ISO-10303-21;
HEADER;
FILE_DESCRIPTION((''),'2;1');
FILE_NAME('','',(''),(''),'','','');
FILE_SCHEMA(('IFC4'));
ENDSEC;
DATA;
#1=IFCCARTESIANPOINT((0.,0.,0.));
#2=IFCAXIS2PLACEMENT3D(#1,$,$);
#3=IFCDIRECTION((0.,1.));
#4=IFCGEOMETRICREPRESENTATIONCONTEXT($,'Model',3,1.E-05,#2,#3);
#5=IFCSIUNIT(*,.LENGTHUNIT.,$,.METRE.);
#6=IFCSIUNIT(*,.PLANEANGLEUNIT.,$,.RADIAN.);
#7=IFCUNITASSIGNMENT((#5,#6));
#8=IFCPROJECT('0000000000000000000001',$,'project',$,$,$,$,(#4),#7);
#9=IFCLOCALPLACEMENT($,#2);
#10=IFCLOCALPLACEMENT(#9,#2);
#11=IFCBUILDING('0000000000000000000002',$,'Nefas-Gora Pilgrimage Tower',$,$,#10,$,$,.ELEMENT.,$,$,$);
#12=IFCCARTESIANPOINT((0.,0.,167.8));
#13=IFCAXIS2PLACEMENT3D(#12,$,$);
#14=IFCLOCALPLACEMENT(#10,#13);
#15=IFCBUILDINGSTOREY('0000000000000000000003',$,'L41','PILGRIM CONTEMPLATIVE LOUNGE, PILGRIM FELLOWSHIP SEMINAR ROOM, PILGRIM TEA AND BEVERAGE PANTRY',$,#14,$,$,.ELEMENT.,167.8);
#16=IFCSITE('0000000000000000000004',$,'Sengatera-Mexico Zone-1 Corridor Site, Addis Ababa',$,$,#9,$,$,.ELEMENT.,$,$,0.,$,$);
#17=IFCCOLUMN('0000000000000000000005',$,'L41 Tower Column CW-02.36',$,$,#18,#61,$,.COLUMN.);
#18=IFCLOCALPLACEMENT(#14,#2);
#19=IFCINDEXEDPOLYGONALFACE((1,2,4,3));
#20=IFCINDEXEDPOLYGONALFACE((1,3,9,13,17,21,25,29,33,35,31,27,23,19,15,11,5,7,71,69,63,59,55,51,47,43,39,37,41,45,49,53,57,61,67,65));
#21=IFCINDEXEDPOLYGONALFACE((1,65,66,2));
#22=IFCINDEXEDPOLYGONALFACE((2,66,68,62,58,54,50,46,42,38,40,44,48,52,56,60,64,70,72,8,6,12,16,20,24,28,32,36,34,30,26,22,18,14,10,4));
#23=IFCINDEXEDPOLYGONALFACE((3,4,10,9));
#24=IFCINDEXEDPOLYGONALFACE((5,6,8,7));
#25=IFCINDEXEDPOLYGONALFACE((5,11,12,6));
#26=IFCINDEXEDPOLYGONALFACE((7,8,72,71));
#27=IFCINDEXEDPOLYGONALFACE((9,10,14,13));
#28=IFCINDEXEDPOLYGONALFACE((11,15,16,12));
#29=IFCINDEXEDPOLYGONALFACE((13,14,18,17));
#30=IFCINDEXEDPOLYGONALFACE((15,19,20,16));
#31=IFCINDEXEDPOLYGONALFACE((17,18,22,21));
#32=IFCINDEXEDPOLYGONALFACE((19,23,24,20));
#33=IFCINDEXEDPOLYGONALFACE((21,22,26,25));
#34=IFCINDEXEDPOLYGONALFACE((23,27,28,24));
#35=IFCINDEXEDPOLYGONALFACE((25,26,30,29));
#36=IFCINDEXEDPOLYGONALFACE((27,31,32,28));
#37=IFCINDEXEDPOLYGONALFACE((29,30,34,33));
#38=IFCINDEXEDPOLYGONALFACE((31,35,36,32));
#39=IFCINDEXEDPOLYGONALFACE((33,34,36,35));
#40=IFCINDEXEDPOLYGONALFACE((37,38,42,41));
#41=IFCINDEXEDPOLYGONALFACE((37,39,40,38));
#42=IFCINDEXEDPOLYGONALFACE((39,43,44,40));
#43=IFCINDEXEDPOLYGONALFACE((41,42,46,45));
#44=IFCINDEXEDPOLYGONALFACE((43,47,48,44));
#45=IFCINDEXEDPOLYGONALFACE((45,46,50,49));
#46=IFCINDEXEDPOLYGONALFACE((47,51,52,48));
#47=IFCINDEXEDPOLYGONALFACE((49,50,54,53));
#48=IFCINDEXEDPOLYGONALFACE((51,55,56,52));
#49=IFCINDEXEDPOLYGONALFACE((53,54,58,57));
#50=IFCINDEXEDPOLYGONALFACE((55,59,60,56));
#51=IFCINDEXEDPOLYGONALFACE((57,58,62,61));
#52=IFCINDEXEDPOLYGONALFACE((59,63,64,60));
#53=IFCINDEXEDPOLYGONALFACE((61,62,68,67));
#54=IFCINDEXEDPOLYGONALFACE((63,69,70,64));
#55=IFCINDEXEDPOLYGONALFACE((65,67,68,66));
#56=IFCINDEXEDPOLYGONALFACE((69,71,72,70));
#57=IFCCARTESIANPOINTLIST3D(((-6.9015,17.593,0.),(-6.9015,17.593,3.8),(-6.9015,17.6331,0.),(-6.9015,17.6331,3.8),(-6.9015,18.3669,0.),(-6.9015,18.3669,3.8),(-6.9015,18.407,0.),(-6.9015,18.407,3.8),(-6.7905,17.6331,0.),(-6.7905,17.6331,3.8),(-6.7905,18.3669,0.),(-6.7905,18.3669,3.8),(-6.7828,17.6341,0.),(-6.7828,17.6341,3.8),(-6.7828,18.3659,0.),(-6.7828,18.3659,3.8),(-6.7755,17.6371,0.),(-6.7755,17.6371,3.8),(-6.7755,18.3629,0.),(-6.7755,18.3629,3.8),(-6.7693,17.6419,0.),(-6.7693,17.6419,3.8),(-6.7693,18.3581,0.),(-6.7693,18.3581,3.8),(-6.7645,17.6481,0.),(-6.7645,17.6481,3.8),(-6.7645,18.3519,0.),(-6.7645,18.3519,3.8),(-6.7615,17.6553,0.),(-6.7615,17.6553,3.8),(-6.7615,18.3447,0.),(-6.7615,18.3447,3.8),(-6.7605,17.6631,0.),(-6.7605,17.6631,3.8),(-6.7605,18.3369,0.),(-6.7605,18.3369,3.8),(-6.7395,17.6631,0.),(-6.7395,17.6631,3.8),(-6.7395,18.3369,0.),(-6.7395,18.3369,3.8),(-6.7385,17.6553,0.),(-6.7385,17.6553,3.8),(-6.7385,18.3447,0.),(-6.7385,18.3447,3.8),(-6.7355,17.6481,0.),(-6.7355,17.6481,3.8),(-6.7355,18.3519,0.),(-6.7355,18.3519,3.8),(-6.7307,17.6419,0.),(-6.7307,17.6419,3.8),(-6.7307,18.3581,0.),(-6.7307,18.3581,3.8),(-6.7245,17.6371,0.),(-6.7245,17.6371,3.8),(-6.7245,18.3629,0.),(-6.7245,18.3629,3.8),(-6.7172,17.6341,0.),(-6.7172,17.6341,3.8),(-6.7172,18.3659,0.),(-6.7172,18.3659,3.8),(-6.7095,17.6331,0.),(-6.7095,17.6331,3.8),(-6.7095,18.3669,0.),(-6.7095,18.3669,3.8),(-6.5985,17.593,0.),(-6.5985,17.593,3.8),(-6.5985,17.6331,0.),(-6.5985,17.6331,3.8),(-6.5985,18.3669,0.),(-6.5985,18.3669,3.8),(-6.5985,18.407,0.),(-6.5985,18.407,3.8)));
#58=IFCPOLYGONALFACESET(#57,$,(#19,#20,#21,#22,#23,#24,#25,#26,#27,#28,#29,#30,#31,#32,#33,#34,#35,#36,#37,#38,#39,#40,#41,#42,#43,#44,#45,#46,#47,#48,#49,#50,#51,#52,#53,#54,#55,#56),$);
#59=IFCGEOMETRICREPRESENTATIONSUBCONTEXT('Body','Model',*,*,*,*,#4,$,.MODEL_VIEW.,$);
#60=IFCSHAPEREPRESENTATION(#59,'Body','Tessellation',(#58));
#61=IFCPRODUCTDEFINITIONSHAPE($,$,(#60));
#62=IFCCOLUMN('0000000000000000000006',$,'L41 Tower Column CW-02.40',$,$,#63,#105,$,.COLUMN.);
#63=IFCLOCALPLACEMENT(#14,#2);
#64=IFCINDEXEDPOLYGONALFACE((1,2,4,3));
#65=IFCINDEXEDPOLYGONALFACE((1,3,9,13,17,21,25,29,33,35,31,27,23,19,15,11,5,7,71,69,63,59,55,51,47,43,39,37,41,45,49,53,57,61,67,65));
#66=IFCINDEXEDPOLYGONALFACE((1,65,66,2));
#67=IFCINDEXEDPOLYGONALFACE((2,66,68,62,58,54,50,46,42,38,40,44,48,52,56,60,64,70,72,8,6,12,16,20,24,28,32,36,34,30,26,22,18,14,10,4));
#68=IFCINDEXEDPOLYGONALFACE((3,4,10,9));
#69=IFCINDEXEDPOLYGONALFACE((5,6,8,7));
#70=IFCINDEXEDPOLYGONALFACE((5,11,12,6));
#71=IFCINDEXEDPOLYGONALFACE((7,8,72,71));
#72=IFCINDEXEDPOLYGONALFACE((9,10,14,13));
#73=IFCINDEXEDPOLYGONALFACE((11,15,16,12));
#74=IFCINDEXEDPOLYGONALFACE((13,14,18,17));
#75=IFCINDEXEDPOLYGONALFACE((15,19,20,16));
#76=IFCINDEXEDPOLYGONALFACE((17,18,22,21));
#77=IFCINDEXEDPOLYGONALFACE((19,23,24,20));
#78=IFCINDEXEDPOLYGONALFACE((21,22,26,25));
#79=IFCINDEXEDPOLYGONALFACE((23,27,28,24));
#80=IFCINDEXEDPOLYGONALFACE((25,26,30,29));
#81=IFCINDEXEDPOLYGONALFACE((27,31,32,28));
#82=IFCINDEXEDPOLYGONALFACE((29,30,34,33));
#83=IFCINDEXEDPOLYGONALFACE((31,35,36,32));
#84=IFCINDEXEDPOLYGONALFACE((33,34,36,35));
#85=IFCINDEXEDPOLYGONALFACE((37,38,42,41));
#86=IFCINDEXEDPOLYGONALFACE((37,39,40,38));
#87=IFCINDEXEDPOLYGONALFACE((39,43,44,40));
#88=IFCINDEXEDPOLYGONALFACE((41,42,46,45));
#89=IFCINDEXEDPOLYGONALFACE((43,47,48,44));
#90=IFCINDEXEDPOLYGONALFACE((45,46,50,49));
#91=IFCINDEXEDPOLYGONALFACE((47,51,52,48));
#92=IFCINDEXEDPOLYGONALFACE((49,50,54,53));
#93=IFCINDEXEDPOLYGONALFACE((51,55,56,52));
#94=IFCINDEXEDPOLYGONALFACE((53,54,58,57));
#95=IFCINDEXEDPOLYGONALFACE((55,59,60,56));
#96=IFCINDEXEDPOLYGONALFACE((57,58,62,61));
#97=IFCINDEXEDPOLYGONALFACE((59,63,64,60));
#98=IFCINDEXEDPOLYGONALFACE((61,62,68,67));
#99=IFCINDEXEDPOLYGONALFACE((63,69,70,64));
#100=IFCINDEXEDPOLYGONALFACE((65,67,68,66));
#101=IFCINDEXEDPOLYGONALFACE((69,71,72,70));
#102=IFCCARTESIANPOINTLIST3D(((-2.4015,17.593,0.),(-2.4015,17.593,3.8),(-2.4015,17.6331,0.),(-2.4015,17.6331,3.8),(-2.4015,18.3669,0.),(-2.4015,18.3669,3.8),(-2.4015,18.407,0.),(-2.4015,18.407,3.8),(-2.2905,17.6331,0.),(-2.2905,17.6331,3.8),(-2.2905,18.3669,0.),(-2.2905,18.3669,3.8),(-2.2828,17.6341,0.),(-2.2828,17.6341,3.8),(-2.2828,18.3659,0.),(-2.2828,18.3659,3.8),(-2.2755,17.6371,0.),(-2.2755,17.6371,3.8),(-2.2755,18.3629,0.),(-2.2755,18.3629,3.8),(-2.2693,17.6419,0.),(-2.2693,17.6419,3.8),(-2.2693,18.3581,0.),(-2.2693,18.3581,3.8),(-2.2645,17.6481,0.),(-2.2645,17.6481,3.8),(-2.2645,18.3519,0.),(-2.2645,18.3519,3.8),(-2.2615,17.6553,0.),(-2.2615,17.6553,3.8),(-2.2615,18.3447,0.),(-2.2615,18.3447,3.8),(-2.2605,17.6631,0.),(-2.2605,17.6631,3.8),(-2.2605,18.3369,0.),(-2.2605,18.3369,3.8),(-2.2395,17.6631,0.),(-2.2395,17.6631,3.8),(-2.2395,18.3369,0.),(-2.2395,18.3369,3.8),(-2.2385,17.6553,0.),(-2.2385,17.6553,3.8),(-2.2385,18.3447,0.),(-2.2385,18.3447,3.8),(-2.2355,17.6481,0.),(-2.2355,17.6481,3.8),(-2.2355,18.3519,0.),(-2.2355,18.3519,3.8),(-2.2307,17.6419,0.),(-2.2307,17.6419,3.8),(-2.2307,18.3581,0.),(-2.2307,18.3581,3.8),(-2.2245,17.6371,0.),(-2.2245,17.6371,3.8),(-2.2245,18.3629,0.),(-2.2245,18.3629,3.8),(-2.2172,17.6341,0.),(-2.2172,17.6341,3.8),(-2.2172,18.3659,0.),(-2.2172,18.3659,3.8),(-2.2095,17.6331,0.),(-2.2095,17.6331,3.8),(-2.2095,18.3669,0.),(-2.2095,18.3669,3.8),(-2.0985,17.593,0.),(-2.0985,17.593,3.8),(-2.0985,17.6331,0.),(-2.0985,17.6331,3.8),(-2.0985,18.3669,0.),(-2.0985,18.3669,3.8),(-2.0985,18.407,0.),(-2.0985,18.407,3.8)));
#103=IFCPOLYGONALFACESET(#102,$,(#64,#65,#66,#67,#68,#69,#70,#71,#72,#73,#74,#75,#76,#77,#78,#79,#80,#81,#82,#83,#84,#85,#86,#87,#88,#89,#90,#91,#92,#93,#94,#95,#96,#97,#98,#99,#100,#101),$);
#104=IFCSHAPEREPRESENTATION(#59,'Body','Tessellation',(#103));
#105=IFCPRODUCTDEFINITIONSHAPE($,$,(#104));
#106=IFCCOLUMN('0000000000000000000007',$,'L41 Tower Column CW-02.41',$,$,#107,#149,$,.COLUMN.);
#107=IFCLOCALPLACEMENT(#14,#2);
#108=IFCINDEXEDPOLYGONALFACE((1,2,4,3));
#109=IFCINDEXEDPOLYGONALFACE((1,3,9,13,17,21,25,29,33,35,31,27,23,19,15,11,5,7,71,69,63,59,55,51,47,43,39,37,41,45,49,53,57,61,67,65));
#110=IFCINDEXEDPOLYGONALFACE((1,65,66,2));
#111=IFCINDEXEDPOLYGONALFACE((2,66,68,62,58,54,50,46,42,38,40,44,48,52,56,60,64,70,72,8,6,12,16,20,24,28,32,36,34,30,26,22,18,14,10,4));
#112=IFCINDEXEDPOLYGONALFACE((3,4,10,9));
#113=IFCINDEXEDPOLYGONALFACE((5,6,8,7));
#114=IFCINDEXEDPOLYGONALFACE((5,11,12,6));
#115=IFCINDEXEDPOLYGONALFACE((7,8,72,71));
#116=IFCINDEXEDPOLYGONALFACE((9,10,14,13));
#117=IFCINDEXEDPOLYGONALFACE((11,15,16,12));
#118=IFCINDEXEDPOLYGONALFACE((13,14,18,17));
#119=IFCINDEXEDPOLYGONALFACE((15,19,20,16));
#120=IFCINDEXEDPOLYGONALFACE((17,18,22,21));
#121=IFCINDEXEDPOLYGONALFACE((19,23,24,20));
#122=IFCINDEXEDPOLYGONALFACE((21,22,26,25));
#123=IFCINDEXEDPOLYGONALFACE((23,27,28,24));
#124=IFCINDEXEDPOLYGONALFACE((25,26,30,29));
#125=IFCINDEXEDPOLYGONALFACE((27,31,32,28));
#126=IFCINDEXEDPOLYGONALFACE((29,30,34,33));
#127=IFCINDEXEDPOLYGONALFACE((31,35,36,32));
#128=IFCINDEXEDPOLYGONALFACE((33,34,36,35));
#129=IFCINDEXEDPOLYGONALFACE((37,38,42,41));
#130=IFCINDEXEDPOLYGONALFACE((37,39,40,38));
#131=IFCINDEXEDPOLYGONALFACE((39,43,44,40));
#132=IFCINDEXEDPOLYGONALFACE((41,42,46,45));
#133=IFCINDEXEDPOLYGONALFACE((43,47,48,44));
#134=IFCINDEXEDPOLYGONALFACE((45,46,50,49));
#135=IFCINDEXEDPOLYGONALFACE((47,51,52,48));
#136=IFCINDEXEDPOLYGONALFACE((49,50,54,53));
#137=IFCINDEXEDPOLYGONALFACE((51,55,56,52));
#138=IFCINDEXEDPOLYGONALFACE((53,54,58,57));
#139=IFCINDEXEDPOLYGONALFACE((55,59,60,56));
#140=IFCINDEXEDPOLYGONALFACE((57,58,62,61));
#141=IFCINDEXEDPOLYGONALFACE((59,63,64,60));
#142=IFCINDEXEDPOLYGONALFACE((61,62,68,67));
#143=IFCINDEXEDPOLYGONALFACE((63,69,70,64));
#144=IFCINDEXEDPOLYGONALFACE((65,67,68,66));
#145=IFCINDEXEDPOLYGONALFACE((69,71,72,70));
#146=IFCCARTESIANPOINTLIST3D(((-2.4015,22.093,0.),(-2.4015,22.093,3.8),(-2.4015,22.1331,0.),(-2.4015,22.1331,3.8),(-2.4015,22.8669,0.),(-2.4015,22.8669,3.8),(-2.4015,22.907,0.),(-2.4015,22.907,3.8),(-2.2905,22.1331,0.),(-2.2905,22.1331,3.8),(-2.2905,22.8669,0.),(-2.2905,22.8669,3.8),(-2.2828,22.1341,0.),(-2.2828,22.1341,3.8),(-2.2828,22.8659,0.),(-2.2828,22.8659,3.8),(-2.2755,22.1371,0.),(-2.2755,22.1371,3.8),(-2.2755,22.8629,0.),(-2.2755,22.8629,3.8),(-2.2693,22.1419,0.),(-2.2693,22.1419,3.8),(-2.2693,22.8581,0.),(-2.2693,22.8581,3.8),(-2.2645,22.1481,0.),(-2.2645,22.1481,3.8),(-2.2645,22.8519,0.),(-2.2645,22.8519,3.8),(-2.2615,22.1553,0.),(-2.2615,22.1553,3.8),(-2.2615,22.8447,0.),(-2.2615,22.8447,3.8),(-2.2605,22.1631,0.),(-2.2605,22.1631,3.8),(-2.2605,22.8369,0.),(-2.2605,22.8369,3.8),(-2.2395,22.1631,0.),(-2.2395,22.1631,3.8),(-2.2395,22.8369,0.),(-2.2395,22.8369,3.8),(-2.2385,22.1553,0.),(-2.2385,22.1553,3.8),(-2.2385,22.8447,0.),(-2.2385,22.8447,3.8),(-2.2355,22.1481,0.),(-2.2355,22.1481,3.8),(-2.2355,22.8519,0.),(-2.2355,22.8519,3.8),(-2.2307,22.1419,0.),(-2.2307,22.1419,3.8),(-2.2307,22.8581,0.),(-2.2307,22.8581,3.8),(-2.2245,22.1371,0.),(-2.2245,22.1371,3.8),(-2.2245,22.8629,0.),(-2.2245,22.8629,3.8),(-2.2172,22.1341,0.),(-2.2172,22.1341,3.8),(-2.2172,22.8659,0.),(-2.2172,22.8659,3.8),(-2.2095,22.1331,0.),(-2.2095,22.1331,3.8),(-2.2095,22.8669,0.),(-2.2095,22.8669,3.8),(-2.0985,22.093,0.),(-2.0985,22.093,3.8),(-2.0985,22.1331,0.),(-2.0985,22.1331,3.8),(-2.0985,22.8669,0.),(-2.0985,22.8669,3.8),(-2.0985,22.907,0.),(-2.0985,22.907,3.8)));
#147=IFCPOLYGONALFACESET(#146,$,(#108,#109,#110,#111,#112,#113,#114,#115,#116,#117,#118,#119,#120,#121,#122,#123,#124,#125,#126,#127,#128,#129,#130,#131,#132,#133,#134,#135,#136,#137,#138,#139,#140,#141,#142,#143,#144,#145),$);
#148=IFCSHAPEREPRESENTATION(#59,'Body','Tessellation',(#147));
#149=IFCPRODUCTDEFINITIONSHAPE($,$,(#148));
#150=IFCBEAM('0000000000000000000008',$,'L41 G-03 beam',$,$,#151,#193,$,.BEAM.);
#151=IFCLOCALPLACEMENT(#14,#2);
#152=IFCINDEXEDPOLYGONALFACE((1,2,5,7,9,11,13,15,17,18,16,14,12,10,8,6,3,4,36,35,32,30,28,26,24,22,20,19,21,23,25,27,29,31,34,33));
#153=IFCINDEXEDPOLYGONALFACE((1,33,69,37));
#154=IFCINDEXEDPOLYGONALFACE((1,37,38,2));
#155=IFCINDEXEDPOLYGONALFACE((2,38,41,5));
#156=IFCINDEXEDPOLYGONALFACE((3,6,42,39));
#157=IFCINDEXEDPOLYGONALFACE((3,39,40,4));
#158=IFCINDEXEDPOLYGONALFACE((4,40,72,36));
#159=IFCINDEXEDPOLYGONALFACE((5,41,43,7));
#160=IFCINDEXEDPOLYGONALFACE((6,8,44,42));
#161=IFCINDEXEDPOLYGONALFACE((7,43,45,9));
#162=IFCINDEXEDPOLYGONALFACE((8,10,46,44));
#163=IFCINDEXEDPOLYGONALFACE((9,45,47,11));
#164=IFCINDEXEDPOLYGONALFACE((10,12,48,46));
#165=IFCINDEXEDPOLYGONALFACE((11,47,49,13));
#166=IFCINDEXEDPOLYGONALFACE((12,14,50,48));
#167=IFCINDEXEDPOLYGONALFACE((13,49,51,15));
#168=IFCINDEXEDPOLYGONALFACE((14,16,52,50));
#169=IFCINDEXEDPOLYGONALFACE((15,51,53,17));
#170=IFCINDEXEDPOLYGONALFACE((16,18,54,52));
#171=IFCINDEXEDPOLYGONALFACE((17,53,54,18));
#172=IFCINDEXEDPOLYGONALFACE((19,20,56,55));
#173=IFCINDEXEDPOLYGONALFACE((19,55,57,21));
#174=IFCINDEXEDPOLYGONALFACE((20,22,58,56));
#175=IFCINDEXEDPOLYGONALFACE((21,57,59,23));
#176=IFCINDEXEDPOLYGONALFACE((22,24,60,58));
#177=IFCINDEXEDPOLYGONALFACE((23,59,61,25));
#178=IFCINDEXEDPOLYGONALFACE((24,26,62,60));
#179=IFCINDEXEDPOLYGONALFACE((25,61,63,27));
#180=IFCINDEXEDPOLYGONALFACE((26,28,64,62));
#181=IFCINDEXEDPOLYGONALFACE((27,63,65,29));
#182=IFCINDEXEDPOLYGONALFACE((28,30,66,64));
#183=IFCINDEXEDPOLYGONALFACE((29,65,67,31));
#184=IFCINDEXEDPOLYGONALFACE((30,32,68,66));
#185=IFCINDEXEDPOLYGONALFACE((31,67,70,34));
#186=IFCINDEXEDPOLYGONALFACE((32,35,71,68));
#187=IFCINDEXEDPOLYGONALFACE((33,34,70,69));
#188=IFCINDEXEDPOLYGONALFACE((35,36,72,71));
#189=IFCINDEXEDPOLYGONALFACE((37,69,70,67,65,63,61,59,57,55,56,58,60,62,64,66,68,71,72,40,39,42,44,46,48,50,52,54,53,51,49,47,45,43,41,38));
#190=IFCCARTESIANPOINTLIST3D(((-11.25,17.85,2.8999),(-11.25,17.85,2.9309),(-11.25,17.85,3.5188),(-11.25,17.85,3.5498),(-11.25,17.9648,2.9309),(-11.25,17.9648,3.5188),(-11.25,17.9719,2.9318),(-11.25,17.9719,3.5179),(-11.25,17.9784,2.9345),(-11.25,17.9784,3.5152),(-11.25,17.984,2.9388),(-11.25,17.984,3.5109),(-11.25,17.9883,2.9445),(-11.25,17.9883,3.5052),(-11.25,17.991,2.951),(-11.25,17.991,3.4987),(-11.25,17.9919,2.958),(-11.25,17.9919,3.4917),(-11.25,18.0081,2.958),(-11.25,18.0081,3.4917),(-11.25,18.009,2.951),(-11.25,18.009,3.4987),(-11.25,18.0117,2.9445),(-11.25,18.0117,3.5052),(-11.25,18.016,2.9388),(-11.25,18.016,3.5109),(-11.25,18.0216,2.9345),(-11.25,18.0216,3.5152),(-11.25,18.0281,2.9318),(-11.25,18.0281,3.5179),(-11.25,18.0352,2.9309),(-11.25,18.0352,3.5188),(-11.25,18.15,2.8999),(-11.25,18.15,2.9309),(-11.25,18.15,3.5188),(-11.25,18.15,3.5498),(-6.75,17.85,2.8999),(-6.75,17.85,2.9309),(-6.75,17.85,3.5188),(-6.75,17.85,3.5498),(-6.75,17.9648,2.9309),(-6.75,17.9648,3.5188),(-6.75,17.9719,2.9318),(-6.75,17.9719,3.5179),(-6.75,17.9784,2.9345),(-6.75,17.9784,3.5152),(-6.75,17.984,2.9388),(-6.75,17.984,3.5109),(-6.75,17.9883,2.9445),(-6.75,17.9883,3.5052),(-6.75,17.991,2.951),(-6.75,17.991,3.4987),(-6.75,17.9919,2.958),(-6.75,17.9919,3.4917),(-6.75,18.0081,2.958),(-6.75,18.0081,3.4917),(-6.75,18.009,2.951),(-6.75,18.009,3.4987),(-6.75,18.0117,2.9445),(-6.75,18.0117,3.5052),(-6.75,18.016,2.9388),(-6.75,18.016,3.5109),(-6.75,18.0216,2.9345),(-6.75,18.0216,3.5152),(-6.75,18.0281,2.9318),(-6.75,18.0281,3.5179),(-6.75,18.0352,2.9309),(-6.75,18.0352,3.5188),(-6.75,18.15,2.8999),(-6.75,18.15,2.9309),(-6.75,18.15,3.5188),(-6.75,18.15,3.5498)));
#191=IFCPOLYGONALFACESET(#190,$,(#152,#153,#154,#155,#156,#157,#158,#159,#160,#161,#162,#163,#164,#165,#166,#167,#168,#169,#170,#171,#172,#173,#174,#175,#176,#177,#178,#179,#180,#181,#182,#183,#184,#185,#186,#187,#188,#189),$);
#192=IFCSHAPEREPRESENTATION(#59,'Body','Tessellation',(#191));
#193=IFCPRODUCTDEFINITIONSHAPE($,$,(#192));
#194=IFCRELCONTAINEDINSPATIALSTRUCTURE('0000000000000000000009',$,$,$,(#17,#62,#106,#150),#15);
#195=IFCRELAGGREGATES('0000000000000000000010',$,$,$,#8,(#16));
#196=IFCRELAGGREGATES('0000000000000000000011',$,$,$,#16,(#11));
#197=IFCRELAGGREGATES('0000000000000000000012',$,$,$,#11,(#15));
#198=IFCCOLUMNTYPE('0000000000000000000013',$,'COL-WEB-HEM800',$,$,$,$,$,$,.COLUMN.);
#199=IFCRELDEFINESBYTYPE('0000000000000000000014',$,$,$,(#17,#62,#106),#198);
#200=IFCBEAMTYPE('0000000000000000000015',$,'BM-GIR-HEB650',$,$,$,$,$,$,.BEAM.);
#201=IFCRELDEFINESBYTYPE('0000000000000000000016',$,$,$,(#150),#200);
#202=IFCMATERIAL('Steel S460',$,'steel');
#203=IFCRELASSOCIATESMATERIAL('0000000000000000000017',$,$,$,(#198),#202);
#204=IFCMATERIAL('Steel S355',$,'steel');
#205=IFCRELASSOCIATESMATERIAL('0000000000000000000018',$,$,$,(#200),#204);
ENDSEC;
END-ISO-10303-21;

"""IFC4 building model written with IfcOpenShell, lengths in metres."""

from ifc_helpers import new_model, si_unit, direction, frame, origin, origin_2d, place, context, subcontext, project, spatial, i_section, extrude, source, transform, mapped, material, material_profile, profile_set, type_object, element, save


model = new_model("IFC4")

# Units and contexts
model_context = context("Model", 3, precision=1e-05, world=origin(), true_north=direction((0.0, 1.0)))
body_context = subcontext(model_context, "Body", "Model", "MODEL_VIEW")
ifc_project = project(units=[si_unit("LENGTHUNIT", "METRE"), si_unit("PLANEANGLEUNIT", "RADIAN")], contexts=[model_context])

# Site, building, storey
site_placement = place(None, origin())
site = spatial("IfcSite", under=ifc_project, at=site_placement, Name="Sengatera-Mexico Zone-1 Corridor Site, Addis Ababa", CompositionType="ELEMENT", RefElevation=0.0)
building_placement = place(site_placement, origin())
building = spatial("IfcBuilding", under=site, at=building_placement, Name="Nefas-Gora Pilgrimage Tower", CompositionType="ELEMENT")
storey_placement = place(building_placement, frame((0.0, 0.0, 167.8)))
storey = spatial("IfcBuildingStorey", under=building, at=storey_placement, Name="L41", Description="PILGRIM CONTEMPLATIVE LOUNGE, PILGRIM FELLOWSHIP SEMINAR ROOM, PILGRIM TEA AND BEVERAGE PANTRY", CompositionType="ELEMENT", Elevation=167.8)

# Columns
ifc_material_1 = material(Name="Steel S460", Category="steel")
ifc_material_profile_1 = material_profile(ifc_material_1, i_section(OverallWidth=0.303, OverallDepth=0.814, WebThickness=0.021, FlangeThickness=0.04, FilletRadius=0.03, at=origin_2d()), Name="HEM 800")
ifc_profile_set_1 = profile_set([ifc_material_profile_1], Name="Steel S460")
column_type_1 = type_object("IfcColumnType", Name="COL-WEB-HEM800", PredefinedType="COLUMN", material=ifc_profile_set_1)
shared_shape_1 = source(origin(), body_context, "Body", "SweptSolid", [
    extrude(i_section(OverallWidth=0.303, OverallDepth=0.814, WebThickness=0.021, FlangeThickness=0.04, FilletRadius=0.03, at=origin_2d()), origin(), (0.0, 0.0, 1.0), 3.8),
])
for number, where, z_axis, x_axis, name in (
    (1, (-6.75, 18.0, 0.0), (0.0, 0.0, 1.0), (1.0, 0.0, 0.0), "L41 Tower Column CW-02.36"),
    (2, (-2.25, 18.0, 0.0), (0.0, 0.0, 1.0), (1.0, 0.0, 0.0), "L41 Tower Column CW-02.40"),
    (3, (-2.25, 22.5, 0.0), (0.0, 0.0, 1.0), (1.0, 0.0, 0.0), "L41 Tower Column CW-02.41"),
):
    element("IfcColumn", number, at=place(storey_placement, frame(where, z_axis=z_axis, x_axis=x_axis)), inside=storey, type_object=column_type_1, Name=name, PredefinedType="COLUMN", context=body_context, shape_type="MappedRepresentation", body=[
        mapped(shared_shape_1, transform((0.0, 0.0, 0.0), x_axis=(1.0, 0.0, 0.0), y_axis=(0.0, 1.0, 0.0), z_axis=(0.0, 0.0, 1.0), scale=1.0)),
    ])

# Beam
ifc_material_2 = material(Name="Steel S355", Category="steel")
ifc_material_profile_2 = material_profile(ifc_material_2, i_section(OverallWidth=0.3, OverallDepth=0.6499, WebThickness=0.0161, FlangeThickness=0.031, FilletRadius=0.0271, at=origin_2d()), Name="HEB 650")
ifc_profile_set_2 = profile_set([ifc_material_profile_2], Name="Steel S355")
beam_type = type_object("IfcBeamType", Name="BM-GIR-HEB650", PredefinedType="BEAM", material=ifc_profile_set_2)
shared_shape_2 = source(origin(), body_context, "Body", "SweptSolid", [
    extrude(i_section(OverallWidth=0.3, OverallDepth=0.6499, WebThickness=0.0161, FlangeThickness=0.031, FilletRadius=0.0271, at=origin_2d()), origin(), (0.0, 0.0, 1.0), 4.5),
])
for number, where, z_axis, x_axis, name in (
    (4, (-11.25, 18.0, 3.2249), (1.0, 0.0, 0.0), (0.0, 1.0, 0.0), "L41 G-03 beam"),
):
    element("IfcBeam", number, at=place(storey_placement, frame(where, z_axis=z_axis, x_axis=x_axis)), inside=storey, type_object=beam_type, Name=name, PredefinedType="BEAM", context=body_context, shape_type="MappedRepresentation", body=[
        mapped(shared_shape_2, transform((0.0, 0.0, 0.0), x_axis=(1.0, 0.0, 0.0), y_axis=(0.0, 1.0, 0.0), z_axis=(0.0, 0.0, 1.0), scale=1.0)),
    ])

save(model, "model.ifc")
